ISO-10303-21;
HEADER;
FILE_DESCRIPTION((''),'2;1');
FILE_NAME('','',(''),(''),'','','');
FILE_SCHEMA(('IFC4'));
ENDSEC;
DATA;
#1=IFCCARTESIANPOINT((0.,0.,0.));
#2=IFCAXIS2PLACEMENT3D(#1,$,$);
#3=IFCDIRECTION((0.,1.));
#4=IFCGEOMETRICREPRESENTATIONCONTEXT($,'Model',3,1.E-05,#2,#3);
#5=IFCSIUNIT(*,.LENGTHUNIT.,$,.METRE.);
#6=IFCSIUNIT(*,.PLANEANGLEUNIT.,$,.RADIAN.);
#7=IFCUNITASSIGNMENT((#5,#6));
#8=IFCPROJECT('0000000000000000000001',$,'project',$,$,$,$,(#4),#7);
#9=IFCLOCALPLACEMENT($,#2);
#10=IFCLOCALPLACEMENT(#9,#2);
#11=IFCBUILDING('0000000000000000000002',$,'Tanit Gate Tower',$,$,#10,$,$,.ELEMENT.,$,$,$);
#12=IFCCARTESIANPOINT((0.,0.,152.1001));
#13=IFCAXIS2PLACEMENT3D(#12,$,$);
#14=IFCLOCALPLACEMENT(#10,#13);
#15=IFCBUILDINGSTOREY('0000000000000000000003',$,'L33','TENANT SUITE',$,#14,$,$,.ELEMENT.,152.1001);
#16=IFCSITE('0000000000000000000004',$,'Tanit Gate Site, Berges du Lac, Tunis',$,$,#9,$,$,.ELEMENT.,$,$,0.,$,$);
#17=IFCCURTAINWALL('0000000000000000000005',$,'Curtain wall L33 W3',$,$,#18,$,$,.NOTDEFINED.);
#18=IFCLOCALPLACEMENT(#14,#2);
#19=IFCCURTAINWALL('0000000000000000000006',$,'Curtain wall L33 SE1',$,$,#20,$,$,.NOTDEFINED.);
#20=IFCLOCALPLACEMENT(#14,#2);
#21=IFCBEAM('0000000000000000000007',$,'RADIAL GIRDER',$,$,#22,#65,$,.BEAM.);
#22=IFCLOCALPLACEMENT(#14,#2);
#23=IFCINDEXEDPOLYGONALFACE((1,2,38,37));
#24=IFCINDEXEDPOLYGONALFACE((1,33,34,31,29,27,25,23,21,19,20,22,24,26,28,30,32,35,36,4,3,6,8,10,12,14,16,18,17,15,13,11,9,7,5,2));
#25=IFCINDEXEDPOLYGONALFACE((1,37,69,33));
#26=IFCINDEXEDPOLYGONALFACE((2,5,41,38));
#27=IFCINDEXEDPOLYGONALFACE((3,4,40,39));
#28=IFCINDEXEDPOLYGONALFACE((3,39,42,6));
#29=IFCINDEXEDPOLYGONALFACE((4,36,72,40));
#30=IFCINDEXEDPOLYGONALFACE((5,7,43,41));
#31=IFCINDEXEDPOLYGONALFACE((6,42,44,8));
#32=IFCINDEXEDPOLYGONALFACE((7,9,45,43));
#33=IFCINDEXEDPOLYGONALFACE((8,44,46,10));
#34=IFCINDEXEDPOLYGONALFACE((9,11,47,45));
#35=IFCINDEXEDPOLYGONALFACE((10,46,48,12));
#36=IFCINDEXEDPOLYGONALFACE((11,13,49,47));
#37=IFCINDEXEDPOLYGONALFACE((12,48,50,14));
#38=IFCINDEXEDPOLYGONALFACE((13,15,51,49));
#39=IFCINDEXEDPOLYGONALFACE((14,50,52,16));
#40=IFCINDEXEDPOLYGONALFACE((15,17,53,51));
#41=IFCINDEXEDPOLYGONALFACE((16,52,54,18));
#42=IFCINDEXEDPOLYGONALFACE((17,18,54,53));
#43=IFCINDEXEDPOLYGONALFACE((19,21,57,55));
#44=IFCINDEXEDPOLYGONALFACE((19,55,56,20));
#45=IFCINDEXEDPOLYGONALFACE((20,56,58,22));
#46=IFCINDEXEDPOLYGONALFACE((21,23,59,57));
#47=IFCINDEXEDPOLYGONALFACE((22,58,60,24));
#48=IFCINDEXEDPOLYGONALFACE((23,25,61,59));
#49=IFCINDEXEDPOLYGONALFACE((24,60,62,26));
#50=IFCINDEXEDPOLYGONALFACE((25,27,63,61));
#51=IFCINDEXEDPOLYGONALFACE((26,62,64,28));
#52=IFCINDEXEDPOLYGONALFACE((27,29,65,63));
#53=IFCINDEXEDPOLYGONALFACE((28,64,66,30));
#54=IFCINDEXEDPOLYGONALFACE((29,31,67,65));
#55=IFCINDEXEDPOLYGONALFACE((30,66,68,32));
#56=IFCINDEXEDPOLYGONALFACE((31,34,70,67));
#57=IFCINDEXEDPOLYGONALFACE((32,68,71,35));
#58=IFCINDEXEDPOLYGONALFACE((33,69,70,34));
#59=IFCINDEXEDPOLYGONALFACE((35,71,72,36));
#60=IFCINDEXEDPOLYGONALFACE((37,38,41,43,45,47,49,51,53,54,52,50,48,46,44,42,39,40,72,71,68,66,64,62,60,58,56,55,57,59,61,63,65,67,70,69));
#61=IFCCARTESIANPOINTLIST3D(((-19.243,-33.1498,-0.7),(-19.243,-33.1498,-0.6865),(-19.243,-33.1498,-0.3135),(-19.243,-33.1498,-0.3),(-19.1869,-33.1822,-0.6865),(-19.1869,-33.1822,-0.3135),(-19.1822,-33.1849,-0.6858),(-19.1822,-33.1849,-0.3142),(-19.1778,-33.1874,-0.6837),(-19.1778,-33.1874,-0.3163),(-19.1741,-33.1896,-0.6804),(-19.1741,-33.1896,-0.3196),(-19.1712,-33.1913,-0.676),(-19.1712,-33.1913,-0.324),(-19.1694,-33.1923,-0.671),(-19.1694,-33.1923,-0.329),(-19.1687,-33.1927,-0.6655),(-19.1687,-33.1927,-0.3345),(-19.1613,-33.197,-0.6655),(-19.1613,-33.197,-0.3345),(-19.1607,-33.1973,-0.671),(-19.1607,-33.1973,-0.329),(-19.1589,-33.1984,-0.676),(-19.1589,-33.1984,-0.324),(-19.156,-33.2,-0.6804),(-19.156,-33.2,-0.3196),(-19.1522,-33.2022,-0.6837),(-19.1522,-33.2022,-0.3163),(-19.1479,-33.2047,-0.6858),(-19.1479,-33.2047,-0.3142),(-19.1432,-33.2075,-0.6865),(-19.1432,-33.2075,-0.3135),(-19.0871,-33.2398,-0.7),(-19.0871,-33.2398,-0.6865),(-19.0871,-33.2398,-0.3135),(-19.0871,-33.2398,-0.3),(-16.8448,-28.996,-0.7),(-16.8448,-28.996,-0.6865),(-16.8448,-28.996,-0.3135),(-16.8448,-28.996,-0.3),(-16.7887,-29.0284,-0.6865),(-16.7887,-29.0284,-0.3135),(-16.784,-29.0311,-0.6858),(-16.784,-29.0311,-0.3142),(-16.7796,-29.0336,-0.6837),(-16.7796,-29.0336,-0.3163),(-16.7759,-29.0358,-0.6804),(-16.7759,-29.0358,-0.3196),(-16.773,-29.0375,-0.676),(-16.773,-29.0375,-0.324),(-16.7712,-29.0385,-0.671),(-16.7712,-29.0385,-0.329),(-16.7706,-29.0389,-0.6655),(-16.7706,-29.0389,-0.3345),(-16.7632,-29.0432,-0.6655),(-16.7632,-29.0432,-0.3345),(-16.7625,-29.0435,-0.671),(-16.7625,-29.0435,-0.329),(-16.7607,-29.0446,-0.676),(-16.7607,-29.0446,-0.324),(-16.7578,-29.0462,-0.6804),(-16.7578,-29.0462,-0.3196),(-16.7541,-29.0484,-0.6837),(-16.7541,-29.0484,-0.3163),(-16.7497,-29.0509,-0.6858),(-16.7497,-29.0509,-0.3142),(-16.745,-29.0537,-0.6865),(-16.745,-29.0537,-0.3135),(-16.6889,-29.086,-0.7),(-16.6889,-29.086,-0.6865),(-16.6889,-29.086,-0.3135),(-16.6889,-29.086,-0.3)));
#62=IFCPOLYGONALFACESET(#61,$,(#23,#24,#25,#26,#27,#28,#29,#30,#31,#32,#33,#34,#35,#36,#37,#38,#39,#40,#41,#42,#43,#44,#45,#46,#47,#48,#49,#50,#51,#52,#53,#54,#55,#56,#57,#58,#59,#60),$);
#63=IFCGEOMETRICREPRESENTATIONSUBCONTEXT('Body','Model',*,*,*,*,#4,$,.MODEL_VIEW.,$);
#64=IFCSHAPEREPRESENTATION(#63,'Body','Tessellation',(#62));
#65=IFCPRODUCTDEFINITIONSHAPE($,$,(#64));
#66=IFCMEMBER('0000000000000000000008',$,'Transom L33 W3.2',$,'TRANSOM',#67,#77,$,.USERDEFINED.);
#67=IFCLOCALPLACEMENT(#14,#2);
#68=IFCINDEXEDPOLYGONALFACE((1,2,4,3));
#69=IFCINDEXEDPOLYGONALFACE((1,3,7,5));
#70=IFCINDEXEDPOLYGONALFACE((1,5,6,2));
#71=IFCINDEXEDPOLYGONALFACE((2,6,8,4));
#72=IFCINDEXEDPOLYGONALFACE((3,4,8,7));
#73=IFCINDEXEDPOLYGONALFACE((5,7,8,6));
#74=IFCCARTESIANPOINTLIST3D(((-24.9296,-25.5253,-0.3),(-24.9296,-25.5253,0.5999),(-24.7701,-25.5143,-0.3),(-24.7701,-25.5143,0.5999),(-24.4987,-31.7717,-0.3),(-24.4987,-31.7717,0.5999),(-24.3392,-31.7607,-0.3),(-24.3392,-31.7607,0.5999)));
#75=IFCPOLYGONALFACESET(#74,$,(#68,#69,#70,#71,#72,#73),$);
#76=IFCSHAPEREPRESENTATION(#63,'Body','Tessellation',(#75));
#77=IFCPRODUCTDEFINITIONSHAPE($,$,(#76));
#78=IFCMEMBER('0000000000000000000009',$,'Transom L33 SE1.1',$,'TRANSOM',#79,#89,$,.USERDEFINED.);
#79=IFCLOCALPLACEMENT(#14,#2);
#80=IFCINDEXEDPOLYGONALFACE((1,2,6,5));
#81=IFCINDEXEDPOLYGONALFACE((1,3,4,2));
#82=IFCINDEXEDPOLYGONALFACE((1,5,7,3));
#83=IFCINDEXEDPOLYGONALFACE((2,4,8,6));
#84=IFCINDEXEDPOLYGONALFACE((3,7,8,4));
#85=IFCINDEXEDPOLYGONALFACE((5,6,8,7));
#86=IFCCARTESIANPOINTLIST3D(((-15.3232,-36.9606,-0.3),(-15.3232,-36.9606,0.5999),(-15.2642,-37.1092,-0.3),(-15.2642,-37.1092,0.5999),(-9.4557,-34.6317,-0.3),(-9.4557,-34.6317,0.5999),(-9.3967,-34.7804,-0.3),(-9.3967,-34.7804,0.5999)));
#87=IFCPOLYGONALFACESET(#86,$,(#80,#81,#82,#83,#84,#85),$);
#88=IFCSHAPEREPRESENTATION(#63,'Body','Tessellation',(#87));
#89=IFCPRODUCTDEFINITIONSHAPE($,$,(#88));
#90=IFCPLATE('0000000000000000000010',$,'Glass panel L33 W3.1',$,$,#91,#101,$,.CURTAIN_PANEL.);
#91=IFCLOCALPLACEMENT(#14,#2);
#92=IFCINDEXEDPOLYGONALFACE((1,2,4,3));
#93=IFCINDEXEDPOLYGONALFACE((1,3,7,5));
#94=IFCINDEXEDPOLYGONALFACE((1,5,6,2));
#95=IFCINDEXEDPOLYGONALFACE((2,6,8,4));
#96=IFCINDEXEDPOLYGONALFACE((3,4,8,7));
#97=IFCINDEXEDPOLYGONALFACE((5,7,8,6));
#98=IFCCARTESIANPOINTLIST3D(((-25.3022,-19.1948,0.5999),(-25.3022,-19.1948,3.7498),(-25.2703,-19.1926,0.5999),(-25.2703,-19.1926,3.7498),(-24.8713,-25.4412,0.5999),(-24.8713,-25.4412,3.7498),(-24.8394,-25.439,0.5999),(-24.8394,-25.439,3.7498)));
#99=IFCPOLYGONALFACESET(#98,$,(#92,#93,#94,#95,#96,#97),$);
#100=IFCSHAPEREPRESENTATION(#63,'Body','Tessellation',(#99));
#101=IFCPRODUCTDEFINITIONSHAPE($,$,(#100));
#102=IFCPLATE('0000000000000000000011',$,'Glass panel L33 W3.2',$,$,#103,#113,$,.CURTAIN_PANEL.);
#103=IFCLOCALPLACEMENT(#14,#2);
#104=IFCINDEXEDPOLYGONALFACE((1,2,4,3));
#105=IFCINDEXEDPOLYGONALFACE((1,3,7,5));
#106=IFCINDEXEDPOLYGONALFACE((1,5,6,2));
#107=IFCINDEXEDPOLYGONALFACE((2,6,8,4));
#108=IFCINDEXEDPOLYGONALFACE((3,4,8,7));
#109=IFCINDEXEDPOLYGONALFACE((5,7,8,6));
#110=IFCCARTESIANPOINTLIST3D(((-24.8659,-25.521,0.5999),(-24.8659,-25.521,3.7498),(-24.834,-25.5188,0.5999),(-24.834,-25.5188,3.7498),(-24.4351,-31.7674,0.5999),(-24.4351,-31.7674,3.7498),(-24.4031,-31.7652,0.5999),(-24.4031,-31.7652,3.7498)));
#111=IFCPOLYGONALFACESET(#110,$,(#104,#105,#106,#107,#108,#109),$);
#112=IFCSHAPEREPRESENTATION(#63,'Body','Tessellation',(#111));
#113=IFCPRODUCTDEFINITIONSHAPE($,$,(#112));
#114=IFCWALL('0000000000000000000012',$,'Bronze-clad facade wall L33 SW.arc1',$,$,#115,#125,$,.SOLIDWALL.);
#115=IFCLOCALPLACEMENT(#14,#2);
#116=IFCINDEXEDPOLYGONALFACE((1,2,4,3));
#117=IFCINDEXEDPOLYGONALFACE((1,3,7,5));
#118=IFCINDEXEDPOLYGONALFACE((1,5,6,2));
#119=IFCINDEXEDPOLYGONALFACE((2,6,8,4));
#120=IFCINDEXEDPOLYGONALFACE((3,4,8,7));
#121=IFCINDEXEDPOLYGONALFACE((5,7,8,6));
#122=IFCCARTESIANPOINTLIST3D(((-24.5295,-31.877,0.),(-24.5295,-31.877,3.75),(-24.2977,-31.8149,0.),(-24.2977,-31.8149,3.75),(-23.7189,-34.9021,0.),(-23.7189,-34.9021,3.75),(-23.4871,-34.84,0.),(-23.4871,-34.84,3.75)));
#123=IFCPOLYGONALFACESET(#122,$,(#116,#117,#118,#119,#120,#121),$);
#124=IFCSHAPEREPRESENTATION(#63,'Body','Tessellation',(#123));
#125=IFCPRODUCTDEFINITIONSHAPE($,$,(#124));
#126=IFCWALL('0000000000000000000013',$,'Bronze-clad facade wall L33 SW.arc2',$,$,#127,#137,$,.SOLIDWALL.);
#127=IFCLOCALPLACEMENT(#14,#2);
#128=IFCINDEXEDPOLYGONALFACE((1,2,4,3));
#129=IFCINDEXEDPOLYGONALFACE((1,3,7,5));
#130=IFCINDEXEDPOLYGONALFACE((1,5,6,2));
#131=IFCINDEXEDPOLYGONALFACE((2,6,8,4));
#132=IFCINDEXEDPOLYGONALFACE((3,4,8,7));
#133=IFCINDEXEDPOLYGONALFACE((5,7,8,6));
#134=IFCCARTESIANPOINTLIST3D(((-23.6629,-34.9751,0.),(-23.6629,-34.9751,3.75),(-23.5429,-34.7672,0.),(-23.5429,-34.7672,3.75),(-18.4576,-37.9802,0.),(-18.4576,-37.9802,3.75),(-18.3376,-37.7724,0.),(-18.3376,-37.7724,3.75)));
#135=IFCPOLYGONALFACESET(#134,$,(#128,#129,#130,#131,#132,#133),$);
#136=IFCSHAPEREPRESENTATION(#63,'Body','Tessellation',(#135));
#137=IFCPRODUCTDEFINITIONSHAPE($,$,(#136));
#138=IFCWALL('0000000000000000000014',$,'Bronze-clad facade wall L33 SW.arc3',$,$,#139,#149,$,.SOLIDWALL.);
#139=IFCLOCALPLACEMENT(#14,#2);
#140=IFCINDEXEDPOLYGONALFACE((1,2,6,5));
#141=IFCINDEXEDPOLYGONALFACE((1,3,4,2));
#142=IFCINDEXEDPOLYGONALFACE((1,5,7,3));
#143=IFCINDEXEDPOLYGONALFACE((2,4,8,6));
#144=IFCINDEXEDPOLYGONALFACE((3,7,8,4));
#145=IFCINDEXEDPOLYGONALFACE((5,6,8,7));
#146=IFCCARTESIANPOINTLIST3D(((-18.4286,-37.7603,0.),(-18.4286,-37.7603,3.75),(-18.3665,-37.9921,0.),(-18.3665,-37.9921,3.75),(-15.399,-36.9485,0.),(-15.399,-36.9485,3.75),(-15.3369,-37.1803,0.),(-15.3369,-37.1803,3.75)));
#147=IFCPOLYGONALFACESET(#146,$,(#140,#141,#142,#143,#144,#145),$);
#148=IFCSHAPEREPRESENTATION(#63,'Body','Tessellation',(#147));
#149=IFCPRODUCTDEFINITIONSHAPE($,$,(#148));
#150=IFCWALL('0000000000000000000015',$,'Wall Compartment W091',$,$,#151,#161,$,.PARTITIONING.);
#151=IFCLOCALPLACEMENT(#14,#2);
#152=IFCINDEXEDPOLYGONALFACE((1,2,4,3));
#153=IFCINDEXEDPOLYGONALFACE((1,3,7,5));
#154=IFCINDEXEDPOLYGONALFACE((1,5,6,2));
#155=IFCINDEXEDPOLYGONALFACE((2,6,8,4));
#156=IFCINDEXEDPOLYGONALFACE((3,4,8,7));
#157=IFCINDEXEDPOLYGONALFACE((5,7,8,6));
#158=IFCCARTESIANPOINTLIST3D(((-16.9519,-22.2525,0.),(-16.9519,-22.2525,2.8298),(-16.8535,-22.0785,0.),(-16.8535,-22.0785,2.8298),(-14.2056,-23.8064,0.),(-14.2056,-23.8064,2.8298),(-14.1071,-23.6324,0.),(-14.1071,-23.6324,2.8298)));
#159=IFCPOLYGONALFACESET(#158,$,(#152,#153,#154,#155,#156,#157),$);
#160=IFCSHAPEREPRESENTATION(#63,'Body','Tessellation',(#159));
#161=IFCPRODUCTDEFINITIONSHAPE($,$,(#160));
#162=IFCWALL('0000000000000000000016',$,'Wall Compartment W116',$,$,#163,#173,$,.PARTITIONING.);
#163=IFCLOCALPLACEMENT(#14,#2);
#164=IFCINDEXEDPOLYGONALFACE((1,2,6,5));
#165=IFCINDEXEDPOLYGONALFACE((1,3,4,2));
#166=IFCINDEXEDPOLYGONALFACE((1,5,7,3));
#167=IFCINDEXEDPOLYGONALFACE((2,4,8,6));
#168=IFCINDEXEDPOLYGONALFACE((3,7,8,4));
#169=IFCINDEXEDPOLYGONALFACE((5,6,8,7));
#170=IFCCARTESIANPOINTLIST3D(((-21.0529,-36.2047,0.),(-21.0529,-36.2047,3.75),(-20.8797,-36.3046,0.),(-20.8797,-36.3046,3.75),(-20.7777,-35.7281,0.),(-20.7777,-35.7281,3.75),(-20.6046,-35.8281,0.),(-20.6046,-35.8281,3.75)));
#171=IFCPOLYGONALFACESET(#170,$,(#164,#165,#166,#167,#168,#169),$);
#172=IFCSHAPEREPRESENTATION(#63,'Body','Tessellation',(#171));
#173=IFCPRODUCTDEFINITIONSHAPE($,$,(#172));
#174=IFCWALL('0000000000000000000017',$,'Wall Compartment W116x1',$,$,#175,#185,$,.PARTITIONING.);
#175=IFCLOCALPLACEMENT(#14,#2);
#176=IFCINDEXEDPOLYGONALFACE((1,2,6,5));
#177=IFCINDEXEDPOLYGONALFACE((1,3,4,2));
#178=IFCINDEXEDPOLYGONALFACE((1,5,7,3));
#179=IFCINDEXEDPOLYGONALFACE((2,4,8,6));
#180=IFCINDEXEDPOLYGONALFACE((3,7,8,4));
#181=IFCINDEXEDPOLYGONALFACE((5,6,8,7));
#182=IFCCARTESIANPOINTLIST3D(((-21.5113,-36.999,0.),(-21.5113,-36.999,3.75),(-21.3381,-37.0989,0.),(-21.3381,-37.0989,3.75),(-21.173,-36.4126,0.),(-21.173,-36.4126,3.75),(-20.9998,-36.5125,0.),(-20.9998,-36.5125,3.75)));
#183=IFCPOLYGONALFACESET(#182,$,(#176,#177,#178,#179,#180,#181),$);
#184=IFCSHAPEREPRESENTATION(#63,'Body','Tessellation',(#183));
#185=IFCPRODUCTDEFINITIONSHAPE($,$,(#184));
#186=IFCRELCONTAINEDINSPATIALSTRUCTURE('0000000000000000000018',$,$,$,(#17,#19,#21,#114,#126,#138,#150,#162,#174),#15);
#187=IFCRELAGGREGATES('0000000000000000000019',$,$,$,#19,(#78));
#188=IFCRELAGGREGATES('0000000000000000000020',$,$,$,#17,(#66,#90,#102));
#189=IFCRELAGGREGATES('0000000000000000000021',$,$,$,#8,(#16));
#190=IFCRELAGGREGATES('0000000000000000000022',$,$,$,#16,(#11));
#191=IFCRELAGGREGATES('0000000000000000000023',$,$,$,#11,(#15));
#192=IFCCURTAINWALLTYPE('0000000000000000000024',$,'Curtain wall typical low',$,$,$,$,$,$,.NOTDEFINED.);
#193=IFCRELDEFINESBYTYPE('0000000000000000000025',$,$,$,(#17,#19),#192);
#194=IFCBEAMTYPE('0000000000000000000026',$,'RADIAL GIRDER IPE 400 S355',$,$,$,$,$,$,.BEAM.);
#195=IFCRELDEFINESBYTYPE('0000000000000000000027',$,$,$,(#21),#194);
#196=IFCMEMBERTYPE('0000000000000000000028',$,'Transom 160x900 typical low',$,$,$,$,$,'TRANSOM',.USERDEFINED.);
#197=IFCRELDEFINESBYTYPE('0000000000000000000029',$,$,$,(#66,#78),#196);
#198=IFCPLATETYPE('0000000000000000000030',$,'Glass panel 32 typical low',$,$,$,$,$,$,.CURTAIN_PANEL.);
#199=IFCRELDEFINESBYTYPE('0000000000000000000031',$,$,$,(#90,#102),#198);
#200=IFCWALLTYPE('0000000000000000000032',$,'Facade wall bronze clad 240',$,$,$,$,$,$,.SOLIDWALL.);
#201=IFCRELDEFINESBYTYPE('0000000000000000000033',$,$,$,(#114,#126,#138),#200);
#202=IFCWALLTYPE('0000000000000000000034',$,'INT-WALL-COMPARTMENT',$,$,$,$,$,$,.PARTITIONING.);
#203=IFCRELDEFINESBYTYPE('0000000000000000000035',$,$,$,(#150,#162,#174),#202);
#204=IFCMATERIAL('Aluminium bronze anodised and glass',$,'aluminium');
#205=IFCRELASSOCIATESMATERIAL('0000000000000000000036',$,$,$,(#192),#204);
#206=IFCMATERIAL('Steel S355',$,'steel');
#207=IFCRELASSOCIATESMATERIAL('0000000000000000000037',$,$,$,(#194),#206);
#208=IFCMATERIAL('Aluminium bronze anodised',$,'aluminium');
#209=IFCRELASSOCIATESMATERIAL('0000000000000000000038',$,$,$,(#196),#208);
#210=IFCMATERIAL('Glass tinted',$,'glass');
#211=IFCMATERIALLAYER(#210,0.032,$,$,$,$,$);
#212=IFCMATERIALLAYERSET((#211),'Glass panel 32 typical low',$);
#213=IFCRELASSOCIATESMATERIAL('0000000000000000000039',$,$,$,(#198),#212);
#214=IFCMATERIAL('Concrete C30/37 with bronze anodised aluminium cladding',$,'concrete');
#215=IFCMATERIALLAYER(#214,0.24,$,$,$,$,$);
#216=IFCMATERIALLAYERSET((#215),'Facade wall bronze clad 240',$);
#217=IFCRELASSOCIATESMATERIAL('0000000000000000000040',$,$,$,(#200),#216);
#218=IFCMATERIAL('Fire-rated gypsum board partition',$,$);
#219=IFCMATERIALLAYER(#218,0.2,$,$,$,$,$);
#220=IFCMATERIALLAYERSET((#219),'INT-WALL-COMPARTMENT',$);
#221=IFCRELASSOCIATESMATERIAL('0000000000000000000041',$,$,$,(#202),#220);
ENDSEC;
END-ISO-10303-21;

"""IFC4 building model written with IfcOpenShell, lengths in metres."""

from ifc_helpers import new_model, si_unit, direction, frame, frame_2d, origin, origin_2d, place, context, subcontext, project, spatial, rectangle, i_section, extrude, material, layer, layer_set, material_profile, profile_set, type_object, element, aggregate, save


model = new_model("IFC4")

# Units and contexts
model_context = context("Model", 3, precision=1e-05, world=origin(), true_north=direction((0.0, 1.0)))
body_context = subcontext(model_context, "Body", "Model", "MODEL_VIEW")
ifc_project = project(units=[si_unit("LENGTHUNIT", "METRE"), si_unit("PLANEANGLEUNIT", "RADIAN")], contexts=[model_context])

# Site, building, storey
site_placement = place(None, origin())
site = spatial("IfcSite", under=ifc_project, at=site_placement, Name="Tanit Gate Site, Berges du Lac, Tunis", CompositionType="ELEMENT", RefElevation=0.0)
building_placement = place(site_placement, origin())
building = spatial("IfcBuilding", under=site, at=building_placement, Name="Tanit Gate Tower", CompositionType="ELEMENT")
storey_placement = place(building_placement, frame((0.0, 0.0, 152.1001)))
storey = spatial("IfcBuildingStorey", under=building, at=storey_placement, Name="L33", Description="TENANT SUITE", CompositionType="ELEMENT", Elevation=152.1001)

# Curtain wall
ifc_material_1 = material(Name="Aluminium bronze anodised and glass", Category="aluminium")
curtain_wall_type = type_object("IfcCurtainWallType", Name="Curtain wall typical low", PredefinedType="NOTDEFINED", material=ifc_material_1)
curtain_wall_1_placement = place(storey_placement, origin())
curtain_wall_1 = element("IfcCurtainWall", 1, at=curtain_wall_1_placement, inside=storey, type_object=curtain_wall_type, Name="Curtain wall L33 W3", PredefinedType="NOTDEFINED")

# Curtain wall
curtain_wall_2_placement = place(storey_placement, origin())
curtain_wall_2 = element("IfcCurtainWall", 2, at=curtain_wall_2_placement, inside=storey, type_object=curtain_wall_type, Name="Curtain wall L33 SE1", PredefinedType="NOTDEFINED")

# Beam
ifc_material_2 = material(Name="Steel S355", Category="steel")
ifc_material_profile_1 = material_profile(ifc_material_2, i_section(OverallWidth=0.1799, OverallDepth=0.3999, WebThickness=0.0085, FlangeThickness=0.0134, FilletRadius=0.021, at=origin_2d()), Name="IPE 400")
ifc_profile_set_1 = profile_set([ifc_material_profile_1], Name="Steel S355")
beam_type_1 = type_object("IfcBeamType", Name="RADIAL GIRDER IPE 400 S355", PredefinedType="BEAM", material=ifc_profile_set_1)
beam_1_placement = place(storey_placement, frame((-19.165, -33.1948, -0.5), z_axis=(0.499999, 0.866026, 0.0), x_axis=(-0.866026, 0.499999, 0.0)))
element("IfcBeam", 3, at=beam_1_placement, inside=storey, type_object=beam_type_1, Name="RADIAL GIRDER", PredefinedType="BEAM", context=body_context, shape_type="SweptSolid", body=[
    extrude(i_section(OverallWidth=0.1799, OverallDepth=0.3999, WebThickness=0.0085, FlangeThickness=0.0134, FilletRadius=0.021, at=origin_2d()), origin(), (0.0, 0.0, 1.0), 4.7964),
])

# Members
ifc_material_3 = material(Name="Aluminium bronze anodised", Category="aluminium")
ifc_material_profile_2 = material_profile(ifc_material_3, rectangle(XDim=0.1599, YDim=0.8999, at=origin_2d()), Name="160x900 bronze transom")
ifc_profile_set_2 = profile_set([ifc_material_profile_2], Name="Aluminium bronze anodised")
member_type_1 = type_object("IfcMemberType", Name="Transom 160x900 typical low", ElementType="TRANSOM", PredefinedType="USERDEFINED", material=ifc_profile_set_2)
member_1_placement = place(storey_placement, frame((-24.8499, -25.5198, 0.1499), z_axis=(0.068822, -0.997629, 0.0), x_axis=(0.997629, 0.068822, 0.0)))
member_1 = element("IfcMember", 4, at=member_1_placement, type_object=member_type_1, Name="Transom L33 W3.2", ObjectType="TRANSOM", PredefinedType="USERDEFINED", context=body_context, shape_type="SweptSolid", body=[
    extrude(rectangle(XDim=0.1599, YDim=0.8999, at=origin_2d()), origin(), (0.0, 0.0, 1.0), 6.2612),
])
member_2_placement = place(storey_placement, frame((-15.2937, -37.0349, 0.1499), z_axis=(0.929463, 0.368916, 0.0), x_axis=(-0.368916, 0.929463, 0.0)))
member_2 = element("IfcMember", 5, at=member_2_placement, type_object=member_type_1, Name="Transom L33 SE1.1", ObjectType="TRANSOM", PredefinedType="USERDEFINED", context=body_context, shape_type="SweptSolid", body=[
    extrude(rectangle(XDim=0.1599, YDim=0.8999, at=origin_2d()), origin(), (0.0, 0.0, 1.0), 6.3127),
])
aggregate(curtain_wall_2, [member_2])

# Plates
ifc_material_4 = material(Name="Glass tinted", Category="glass")
ifc_layer_1 = layer(ifc_material_4, 0.032)
ifc_layer_set_1 = layer_set([ifc_layer_1], Name="Glass panel 32 typical low")
plate_type = type_object("IfcPlateType", Name="Glass panel 32 typical low", PredefinedType="CURTAIN_PANEL", material=ifc_layer_set_1)
plate_1_placement = place(storey_placement, frame((-25.0708, -22.3169, 0.5999), z_axis=(0.0, 0.0, 1.0), x_axis=(0.068812, -0.99763, 0.0)))
plate_1 = element("IfcPlate", 6, at=plate_1_placement, type_object=plate_type, Name="Glass panel L33 W3.1", PredefinedType="CURTAIN_PANEL", context=body_context, shape_type="SweptSolid", body=[
    extrude(rectangle(XDim=6.2612, YDim=0.032, at=origin_2d()), origin(), (0.0, 0.0, 1.0), 3.1499),
])
plate_2_placement = place(storey_placement, frame((-24.6345, -28.6431, 0.5999), z_axis=(0.0, 0.0, 1.0), x_axis=(0.068812, -0.99763, 0.0)))
plate_2 = element("IfcPlate", 7, at=plate_2_placement, type_object=plate_type, Name="Glass panel L33 W3.2", PredefinedType="CURTAIN_PANEL", context=body_context, shape_type="SweptSolid", body=[
    extrude(rectangle(XDim=6.2612, YDim=0.032, at=origin_2d()), origin(), (0.0, 0.0, 1.0), 3.1499),
])
aggregate(curtain_wall_1, [member_1, plate_1, plate_2])

# Walls
ifc_material_5 = material(Name="Concrete C30/37 with bronze anodised aluminium cladding", Category="concrete")
ifc_layer_2 = layer(ifc_material_5, 0.24)
ifc_layer_set_2 = layer_set([ifc_layer_2], Name="Facade wall bronze clad 240")
wall_type_1 = type_object("IfcWallType", Name="Facade wall bronze clad 240", PredefinedType="SOLIDWALL", material=ifc_layer_set_2)
wall_1_placement = place(storey_placement, frame((-24.4136, -31.8459, 0.0), z_axis=(0.0, 0.0, 1.0), x_axis=(0.258808, -0.965929, 0.0)))
element("IfcWall", 8, at=wall_1_placement, inside=storey, type_object=wall_type_1, Name="Bronze-clad facade wall L33 SW.arc1", PredefinedType="SOLIDWALL", context=body_context, shape_type="SweptSolid", body=[
    extrude(rectangle(XDim=3.1318, YDim=0.24, at=frame_2d((1.5659, 0.0))), origin(), (0.0, 0.0, 1.0), 3.75),
])
wall_2_placement = place(storey_placement, frame((-23.603, -34.8711, 0.0), z_axis=(0.0, 0.0, 1.0), x_axis=(0.866037, -0.499979, 0.0)))
element("IfcWall", 9, at=wall_2_placement, inside=storey, type_object=wall_type_1, Name="Bronze-clad facade wall L33 SW.arc2", PredefinedType="SOLIDWALL", context=body_context, shape_type="SweptSolid", body=[
    extrude(rectangle(XDim=6.0105, YDim=0.24, at=frame_2d((3.0054, 0.0))), origin(), (0.0, 0.0, 1.0), 3.75),
])
wall_3_placement = place(storey_placement, frame((-18.3977, -37.8762, 0.0), z_axis=(0.0, 0.0, 1.0), x_axis=(0.965925, 0.25882, 0.0)))
element("IfcWall", 10, at=wall_3_placement, inside=storey, type_object=wall_type_1, Name="Bronze-clad facade wall L33 SW.arc3", PredefinedType="SOLIDWALL", context=body_context, shape_type="SweptSolid", body=[
    extrude(rectangle(XDim=3.1365, YDim=0.24, at=frame_2d((1.5684, 0.0))), origin(), (0.0, 0.0, 1.0), 3.75),
])
ifc_material_6 = material(Name="Fire-rated gypsum board partition")
ifc_layer_3 = layer(ifc_material_6, 0.2)
ifc_layer_set_3 = layer_set([ifc_layer_3], Name="INT-WALL-COMPARTMENT")
wall_type_2 = type_object("IfcWallType", Name="INT-WALL-COMPARTMENT", PredefinedType="PARTITIONING", material=ifc_layer_set_3)
wall_4_placement = place(storey_placement, frame((-16.9026, -22.1655, 0.0), z_axis=(0.0, 0.0, 1.0), x_axis=(0.870335, -0.49246, 0.0)))
element("IfcWall", 11, at=wall_4_placement, inside=storey, type_object=wall_type_2, Name="Wall Compartment W091", PredefinedType="PARTITIONING", context=body_context, shape_type="SweptSolid", body=[
    extrude(rectangle(XDim=3.1555, YDim=0.2, at=frame_2d((1.5776, 0.0))), origin(), (0.0, 0.0, 1.0), 2.8298),
])
wall_5_placement = place(storey_placement, frame((-20.6912, -35.7781, 0.0), z_axis=(0.0, 0.0, 1.0), x_axis=(-0.500004, -0.866023, 0.0)))
element("IfcWall", 12, at=wall_5_placement, inside=storey, type_object=wall_type_2, Name="Wall Compartment W116", PredefinedType="PARTITIONING", context=body_context, shape_type="SweptSolid", body=[
    extrude(rectangle(XDim=0.5503, YDim=0.2, at=frame_2d((0.2751, 0.0))), origin(), (0.0, 0.0, 1.0), 3.75),
])
wall_6_placement = place(storey_placement, frame((-21.0864, -36.4626, 0.0), z_axis=(0.0, 0.0, 1.0), x_axis=(-0.499785, -0.86615, 0.0)))
element("IfcWall", 13, at=wall_6_placement, inside=storey, type_object=wall_type_2, Name="Wall Compartment W116x1", PredefinedType="PARTITIONING", context=body_context, shape_type="SweptSolid", body=[
    extrude(rectangle(XDim=0.677, YDim=0.2, at=frame_2d((0.3384, 0.0))), origin(), (0.0, 0.0, 1.0), 3.75),
])

save(model, "model.ifc")
